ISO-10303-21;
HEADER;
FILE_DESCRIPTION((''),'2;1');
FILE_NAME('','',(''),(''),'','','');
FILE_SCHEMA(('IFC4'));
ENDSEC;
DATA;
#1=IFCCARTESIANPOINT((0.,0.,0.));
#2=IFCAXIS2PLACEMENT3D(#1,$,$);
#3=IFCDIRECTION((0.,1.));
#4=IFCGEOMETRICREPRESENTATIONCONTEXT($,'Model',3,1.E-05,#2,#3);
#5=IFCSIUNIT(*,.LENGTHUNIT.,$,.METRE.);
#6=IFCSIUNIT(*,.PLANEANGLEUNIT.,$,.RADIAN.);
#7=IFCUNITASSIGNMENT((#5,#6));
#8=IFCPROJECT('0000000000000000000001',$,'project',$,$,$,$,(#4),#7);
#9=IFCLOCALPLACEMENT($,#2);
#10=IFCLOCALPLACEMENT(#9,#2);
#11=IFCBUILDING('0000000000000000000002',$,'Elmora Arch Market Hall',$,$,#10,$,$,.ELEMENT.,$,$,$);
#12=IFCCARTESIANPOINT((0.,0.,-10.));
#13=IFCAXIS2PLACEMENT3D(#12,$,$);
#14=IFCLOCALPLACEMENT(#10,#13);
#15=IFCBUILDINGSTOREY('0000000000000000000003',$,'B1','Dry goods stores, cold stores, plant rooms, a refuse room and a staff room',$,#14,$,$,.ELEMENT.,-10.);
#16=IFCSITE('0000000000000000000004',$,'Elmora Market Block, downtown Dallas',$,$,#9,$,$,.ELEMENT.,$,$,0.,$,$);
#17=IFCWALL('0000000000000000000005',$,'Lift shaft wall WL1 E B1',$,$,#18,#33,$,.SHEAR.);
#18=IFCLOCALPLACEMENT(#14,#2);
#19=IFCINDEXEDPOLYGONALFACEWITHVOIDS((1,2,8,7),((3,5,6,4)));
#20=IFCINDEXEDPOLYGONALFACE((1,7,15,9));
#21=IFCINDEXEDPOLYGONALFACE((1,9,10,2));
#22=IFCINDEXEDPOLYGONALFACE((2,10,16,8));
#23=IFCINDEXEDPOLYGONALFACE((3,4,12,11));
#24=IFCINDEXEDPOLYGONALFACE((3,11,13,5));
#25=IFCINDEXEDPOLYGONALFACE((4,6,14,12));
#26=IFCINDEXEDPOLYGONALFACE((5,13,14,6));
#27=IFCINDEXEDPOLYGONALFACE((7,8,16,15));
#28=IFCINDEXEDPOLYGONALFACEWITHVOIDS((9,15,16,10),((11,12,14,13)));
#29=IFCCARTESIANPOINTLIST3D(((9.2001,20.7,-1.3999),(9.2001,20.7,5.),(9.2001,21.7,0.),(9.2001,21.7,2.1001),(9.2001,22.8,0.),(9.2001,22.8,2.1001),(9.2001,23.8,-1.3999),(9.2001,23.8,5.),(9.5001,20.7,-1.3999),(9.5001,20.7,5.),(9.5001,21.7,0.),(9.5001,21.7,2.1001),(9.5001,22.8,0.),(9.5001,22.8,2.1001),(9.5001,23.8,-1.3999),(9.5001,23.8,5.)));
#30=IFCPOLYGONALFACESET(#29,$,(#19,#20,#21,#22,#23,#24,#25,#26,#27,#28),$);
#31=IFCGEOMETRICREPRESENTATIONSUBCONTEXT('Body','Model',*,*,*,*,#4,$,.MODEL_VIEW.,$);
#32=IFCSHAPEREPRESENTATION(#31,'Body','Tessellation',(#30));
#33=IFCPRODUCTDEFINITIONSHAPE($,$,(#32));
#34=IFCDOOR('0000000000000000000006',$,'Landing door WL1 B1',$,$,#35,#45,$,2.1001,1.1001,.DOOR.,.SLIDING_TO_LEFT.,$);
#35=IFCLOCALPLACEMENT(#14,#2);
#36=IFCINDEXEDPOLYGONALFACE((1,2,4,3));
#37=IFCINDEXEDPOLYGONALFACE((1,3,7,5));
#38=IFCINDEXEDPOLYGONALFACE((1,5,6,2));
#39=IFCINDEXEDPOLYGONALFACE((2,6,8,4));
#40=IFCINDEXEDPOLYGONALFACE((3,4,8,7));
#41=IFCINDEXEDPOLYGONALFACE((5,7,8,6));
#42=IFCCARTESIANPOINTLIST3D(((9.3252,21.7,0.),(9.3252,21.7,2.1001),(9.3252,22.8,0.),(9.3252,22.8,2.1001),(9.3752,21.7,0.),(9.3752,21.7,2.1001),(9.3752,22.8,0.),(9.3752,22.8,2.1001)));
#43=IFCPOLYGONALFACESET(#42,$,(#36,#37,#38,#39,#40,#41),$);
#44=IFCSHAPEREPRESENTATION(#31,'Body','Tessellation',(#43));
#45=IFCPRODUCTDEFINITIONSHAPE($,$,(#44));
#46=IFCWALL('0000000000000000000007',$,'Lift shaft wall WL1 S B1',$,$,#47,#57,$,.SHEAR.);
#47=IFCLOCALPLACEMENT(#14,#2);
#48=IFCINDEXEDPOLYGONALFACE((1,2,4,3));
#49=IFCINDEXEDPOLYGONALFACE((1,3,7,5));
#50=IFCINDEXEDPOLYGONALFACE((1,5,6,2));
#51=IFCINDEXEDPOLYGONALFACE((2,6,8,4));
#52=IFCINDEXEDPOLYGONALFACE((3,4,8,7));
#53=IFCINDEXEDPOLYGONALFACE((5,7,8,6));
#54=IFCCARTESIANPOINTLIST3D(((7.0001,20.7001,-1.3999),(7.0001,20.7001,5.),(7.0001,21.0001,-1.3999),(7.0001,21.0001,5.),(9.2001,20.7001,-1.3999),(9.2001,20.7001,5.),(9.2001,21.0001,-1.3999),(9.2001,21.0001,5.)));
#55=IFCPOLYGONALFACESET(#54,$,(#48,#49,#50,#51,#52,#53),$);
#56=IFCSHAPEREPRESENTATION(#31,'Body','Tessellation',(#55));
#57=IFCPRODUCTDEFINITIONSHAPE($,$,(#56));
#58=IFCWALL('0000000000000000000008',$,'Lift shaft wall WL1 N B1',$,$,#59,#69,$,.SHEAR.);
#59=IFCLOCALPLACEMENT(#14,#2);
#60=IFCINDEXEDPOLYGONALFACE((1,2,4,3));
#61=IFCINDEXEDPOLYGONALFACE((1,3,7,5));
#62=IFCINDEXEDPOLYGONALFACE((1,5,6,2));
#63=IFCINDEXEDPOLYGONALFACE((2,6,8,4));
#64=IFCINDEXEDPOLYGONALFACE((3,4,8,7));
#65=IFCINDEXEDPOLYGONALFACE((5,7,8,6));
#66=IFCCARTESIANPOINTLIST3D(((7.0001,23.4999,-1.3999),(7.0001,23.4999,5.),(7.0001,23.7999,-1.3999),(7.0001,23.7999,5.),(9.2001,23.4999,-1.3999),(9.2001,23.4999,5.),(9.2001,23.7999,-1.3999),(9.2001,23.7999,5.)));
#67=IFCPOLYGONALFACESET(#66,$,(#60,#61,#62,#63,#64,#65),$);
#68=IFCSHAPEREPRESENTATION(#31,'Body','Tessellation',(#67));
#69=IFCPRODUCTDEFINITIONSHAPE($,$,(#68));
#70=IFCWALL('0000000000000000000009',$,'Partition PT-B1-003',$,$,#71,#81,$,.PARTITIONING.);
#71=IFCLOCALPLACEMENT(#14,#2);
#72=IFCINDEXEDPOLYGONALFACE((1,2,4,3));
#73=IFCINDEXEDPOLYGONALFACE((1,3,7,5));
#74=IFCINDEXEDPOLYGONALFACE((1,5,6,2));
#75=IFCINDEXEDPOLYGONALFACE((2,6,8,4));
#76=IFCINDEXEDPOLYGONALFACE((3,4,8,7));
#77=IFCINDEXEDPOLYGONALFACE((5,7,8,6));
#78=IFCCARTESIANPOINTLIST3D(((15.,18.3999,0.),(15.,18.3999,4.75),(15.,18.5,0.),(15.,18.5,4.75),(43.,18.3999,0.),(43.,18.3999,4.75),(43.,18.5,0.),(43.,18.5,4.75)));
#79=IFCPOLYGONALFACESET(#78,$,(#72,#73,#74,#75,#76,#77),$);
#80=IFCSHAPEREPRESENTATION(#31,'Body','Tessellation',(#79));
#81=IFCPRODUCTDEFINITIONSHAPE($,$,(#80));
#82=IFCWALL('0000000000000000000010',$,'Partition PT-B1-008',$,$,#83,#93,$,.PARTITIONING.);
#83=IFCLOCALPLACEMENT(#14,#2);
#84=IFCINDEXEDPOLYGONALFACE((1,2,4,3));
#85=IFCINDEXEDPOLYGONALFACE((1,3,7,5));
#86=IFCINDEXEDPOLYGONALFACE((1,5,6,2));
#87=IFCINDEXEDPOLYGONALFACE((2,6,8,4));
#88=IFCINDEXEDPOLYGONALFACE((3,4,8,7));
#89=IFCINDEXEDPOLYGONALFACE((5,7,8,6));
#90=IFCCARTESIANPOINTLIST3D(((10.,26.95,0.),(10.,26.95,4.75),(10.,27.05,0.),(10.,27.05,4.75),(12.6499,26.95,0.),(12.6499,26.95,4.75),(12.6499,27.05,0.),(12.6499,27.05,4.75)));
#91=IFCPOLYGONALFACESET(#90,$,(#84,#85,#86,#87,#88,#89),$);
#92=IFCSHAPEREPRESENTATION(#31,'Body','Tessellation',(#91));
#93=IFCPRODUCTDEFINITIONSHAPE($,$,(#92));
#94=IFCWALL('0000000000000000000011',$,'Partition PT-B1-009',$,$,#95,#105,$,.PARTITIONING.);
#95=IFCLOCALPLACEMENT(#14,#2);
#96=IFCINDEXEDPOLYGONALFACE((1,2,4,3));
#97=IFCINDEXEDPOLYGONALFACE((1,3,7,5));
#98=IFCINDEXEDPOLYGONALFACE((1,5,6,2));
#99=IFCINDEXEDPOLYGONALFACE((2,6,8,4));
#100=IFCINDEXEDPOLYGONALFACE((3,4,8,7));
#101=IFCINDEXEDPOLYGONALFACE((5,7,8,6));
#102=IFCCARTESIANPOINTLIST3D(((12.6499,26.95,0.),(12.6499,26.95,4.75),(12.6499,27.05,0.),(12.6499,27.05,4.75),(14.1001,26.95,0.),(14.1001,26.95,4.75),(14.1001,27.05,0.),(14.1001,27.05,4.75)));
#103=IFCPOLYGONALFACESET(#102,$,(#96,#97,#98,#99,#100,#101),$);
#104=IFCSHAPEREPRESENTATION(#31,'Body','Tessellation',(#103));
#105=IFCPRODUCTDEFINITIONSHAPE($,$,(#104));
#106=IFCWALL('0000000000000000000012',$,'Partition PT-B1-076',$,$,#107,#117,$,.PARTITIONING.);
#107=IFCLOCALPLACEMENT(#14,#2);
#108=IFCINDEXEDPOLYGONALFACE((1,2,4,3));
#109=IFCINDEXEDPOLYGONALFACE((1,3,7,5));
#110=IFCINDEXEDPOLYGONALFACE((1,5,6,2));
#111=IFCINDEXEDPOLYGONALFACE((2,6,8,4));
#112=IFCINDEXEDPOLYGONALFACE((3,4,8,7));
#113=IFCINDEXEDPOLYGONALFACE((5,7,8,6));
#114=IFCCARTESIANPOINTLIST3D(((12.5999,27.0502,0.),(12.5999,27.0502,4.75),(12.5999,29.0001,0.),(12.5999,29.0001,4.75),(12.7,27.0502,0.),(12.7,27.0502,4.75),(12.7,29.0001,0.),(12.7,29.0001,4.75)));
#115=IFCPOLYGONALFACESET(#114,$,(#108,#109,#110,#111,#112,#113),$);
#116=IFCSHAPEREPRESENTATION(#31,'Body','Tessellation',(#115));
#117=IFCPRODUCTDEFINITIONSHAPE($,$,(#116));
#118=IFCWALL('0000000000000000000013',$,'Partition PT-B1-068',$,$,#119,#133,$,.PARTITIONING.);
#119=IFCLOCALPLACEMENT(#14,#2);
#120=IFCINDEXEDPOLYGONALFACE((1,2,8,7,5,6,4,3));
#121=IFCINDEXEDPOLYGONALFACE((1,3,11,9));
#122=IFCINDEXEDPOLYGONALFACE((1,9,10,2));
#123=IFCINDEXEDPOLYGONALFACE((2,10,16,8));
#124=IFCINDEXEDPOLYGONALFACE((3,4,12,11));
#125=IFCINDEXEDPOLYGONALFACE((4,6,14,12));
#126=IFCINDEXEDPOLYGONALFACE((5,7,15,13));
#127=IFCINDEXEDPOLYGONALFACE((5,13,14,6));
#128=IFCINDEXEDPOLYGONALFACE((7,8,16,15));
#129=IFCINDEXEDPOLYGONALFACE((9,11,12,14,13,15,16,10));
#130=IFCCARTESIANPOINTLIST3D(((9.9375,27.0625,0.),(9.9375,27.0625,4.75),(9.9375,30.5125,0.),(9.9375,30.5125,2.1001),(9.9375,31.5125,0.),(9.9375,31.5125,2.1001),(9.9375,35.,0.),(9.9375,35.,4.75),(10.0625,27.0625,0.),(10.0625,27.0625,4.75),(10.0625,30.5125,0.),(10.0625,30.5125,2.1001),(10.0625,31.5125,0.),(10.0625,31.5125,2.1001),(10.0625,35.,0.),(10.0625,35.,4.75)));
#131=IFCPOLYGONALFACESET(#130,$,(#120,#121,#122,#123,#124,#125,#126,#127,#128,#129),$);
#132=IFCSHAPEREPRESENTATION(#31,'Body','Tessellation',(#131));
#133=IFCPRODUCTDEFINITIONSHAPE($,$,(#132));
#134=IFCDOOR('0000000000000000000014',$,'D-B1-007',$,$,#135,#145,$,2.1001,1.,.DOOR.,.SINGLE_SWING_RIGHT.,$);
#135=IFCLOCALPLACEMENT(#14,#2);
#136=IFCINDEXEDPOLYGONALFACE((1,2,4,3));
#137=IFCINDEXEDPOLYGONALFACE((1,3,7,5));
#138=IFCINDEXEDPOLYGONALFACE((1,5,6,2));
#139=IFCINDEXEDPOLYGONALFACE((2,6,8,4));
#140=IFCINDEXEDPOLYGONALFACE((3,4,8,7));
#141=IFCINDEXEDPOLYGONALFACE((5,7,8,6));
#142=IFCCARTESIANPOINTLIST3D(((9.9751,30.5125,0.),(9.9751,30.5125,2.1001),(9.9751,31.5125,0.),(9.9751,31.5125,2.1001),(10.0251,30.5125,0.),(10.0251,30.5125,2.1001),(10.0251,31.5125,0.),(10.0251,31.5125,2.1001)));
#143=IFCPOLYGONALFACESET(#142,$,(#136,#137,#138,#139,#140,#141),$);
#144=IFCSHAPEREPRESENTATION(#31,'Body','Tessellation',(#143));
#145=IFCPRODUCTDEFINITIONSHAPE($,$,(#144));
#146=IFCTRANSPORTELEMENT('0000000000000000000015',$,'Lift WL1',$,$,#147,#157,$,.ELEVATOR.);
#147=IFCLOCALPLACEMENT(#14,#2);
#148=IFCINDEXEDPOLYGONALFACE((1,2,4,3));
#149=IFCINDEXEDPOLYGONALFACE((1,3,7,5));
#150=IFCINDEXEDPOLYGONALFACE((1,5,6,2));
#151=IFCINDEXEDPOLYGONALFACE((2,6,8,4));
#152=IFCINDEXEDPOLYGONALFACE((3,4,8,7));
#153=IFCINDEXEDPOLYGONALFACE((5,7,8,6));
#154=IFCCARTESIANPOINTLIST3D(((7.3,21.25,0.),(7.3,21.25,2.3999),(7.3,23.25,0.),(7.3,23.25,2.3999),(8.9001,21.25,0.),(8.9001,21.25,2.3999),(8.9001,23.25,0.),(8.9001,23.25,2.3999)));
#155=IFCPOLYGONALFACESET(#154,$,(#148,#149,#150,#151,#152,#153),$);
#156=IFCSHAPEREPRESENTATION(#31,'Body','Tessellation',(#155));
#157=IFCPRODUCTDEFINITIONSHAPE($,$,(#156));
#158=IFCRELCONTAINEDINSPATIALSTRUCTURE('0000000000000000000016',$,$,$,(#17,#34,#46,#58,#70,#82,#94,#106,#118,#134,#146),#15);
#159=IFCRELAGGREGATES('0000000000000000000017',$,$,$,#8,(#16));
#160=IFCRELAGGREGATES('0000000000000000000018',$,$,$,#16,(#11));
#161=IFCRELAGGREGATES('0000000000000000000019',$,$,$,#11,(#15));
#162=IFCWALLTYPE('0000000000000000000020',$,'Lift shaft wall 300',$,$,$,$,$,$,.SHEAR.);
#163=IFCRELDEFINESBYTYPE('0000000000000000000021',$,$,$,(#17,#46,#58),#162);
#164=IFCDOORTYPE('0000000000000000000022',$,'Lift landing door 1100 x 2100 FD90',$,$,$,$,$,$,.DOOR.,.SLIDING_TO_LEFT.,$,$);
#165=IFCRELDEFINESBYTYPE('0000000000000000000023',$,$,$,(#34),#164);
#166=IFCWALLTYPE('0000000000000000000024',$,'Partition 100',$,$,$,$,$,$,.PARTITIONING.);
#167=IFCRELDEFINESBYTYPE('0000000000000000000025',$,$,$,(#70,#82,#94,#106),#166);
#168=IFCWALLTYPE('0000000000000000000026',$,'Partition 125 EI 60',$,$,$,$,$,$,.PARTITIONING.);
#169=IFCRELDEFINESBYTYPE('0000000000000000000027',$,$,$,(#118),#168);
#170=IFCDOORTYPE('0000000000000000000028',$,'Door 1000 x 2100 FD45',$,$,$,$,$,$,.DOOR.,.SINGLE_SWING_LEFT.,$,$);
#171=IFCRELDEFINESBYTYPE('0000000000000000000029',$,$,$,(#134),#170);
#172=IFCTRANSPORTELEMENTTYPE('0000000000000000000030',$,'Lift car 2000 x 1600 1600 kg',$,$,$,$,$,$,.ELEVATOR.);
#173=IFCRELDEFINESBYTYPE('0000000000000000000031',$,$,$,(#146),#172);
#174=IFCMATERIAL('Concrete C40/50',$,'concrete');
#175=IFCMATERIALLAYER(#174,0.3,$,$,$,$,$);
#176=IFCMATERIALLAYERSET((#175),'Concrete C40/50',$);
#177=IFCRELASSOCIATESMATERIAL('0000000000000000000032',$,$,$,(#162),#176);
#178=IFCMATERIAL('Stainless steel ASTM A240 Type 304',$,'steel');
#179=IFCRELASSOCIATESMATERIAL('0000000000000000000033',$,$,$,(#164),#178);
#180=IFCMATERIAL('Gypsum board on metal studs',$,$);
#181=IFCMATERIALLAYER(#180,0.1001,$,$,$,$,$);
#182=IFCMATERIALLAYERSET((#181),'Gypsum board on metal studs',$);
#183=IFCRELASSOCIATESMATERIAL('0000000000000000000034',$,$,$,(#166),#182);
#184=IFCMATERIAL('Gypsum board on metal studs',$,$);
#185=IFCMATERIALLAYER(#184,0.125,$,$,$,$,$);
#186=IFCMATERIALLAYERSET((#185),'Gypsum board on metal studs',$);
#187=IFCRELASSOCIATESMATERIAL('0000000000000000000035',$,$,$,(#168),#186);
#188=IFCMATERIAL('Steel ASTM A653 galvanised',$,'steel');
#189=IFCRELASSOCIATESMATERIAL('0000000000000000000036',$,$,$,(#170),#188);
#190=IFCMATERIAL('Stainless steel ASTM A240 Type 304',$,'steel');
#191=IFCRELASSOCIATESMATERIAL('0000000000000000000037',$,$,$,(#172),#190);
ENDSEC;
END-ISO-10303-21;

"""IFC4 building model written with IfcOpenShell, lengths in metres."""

from ifc_helpers import new_model, si_unit, direction, frame, frame_2d, origin, origin_2d, place, context, subcontext, project, spatial, rectangle, extrude, material, layer, layer_set, type_object, element, fill, save


model = new_model("IFC4")

# Units and contexts
model_context = context("Model", 3, precision=1e-05, world=origin(), true_north=direction((0.0, 1.0)))
body_context = subcontext(model_context, "Body", "Model", "MODEL_VIEW")
ifc_project = project(units=[si_unit("LENGTHUNIT", "METRE"), si_unit("PLANEANGLEUNIT", "RADIAN")], contexts=[model_context])

# Site, building, storey
site_placement = place(None, origin())
site = spatial("IfcSite", under=ifc_project, at=site_placement, Name="Elmora Market Block, downtown Dallas", CompositionType="ELEMENT", RefElevation=0.0)
building_placement = place(site_placement, origin())
building = spatial("IfcBuilding", under=site, at=building_placement, Name="Elmora Arch Market Hall", CompositionType="ELEMENT")
storey_placement = place(building_placement, frame((0.0, 0.0, -10.0)))
storey = spatial("IfcBuildingStorey", under=building, at=storey_placement, Name="B1", Description="Dry goods stores, cold stores, plant rooms, a refuse room and a staff room", CompositionType="ELEMENT", Elevation=-10.0)

# Shared definitions
ifc_material_1 = material(Name="Concrete C40/50", Category="concrete")
ifc_layer_1 = layer(ifc_material_1, 0.3)
ifc_layer_set_1 = layer_set([ifc_layer_1], Name="Concrete C40/50")
wall_type_1 = type_object("IfcWallType", Name="Lift shaft wall 300", PredefinedType="SHEAR", material=ifc_layer_set_1)

# Wall, opening, door
wall_1_placement = place(storey_placement, frame((9.3501, 20.7, -1.3999), z_axis=(0.0, 0.0, 1.0), x_axis=(0.0, 1.0, 0.0)))
wall_1 = element("IfcWall", 1, at=wall_1_placement, inside=storey, type_object=wall_type_1, Name="Lift shaft wall WL1 E B1", PredefinedType="SHEAR", context=body_context, shape_type="SweptSolid", body=[
    extrude(rectangle(XDim=3.1001, YDim=0.3, at=frame_2d((1.55, 0.0))), origin(), (0.0, 0.0, 1.0), 6.3999),
])
opening_1_placement = place(wall_1_placement, frame((1.0, 0.0, 1.3999)))
opening_1 = element("IfcOpeningElement", 2, at=opening_1_placement, cuts=wall_1, PredefinedType="OPENING", context=body_context, shape_type="SweptSolid", body=[
    extrude(rectangle(XDim=1.1001, YDim=2.1001, at=frame_2d((0.55, 1.05))), frame((0.0, 0.1599, 0.0), z_axis=(0.0, -1.0, 0.0), x_axis=(1.0, 0.0, 0.0)), (0.0, 0.0, 1.0), 0.3201),
])
ifc_material_2 = material(Name="Stainless steel ASTM A240 Type 304", Category="steel")
door_type_1 = type_object("IfcDoorType", Name="Lift landing door 1100 x 2100 FD90", OperationType="SLIDING_TO_LEFT", PredefinedType="DOOR", material=ifc_material_2)
door_1_placement = place(opening_1_placement, origin())
door_1 = element("IfcDoor", 3, at=door_1_placement, inside=storey, type_object=door_type_1, Name="Landing door WL1 B1", OperationType="SLIDING_TO_LEFT", OverallHeight=2.1001, OverallWidth=1.1001, PredefinedType="DOOR", context=body_context, shape_type="SweptSolid", body=[
    extrude(rectangle(XDim=1.1001, YDim=2.1001, at=frame_2d((0.55, 1.05))), frame((0.0, 0.0249, 0.0), z_axis=(0.0, -1.0, 0.0), x_axis=(1.0, 0.0, 0.0)), (0.0, 0.0, 1.0), 0.05),
])
fill(opening_1, door_1)

# Walls
for number, where, z_axis, x_axis, name in (
    (4, (7.0, 20.8501, -1.3999), (0.0, 0.0, 1.0), (1.0, 0.0, 0.0), "Lift shaft wall WL1 S B1"),
    (5, (7.0, 23.6499, -1.3999), (0.0, 0.0, 1.0), (1.0, 0.0, 0.0), "Lift shaft wall WL1 N B1"),
):
    element("IfcWall", number, at=place(storey_placement, frame(where, z_axis=z_axis, x_axis=x_axis)), inside=storey, type_object=wall_type_1, Name=name, PredefinedType="SHEAR", context=body_context, shape_type="SweptSolid", body=[
        extrude(rectangle(XDim=2.2, YDim=0.3, at=frame_2d((1.1001, 0.0))), origin(), (0.0, 0.0, 1.0), 6.3999),
    ])
ifc_material_3 = material(Name="Gypsum board on metal studs")
ifc_layer_2 = layer(ifc_material_3, 0.1001)
ifc_layer_set_2 = layer_set([ifc_layer_2], Name="Gypsum board on metal studs")
wall_type_2 = type_object("IfcWallType", Name="Partition 100", PredefinedType="PARTITIONING", material=ifc_layer_set_2)
wall_2_placement = place(storey_placement, frame((15.0, 18.45, 0.0), z_axis=(0.0, 0.0, 1.0), x_axis=(1.0, 0.0, 0.0)))
element("IfcWall", 6, at=wall_2_placement, inside=storey, type_object=wall_type_2, Name="Partition PT-B1-003", PredefinedType="PARTITIONING", context=body_context, shape_type="SweptSolid", body=[
    extrude(rectangle(XDim=28.0, YDim=0.1001, at=frame_2d((14.0, 0.0))), origin(), (0.0, 0.0, 1.0), 4.75),
])
wall_3_placement = place(storey_placement, frame((10.0, 27.0, 0.0), z_axis=(0.0, 0.0, 1.0), x_axis=(1.0, 0.0, 0.0)))
element("IfcWall", 7, at=wall_3_placement, inside=storey, type_object=wall_type_2, Name="Partition PT-B1-008", PredefinedType="PARTITIONING", context=body_context, shape_type="SweptSolid", body=[
    extrude(rectangle(XDim=2.6499, YDim=0.1001, at=frame_2d((1.325, 0.0))), origin(), (0.0, 0.0, 1.0), 4.75),
])
wall_4_placement = place(storey_placement, frame((12.6499, 27.0, 0.0), z_axis=(0.0, 0.0, 1.0), x_axis=(1.0, 0.0, 0.0)))
element("IfcWall", 8, at=wall_4_placement, inside=storey, type_object=wall_type_2, Name="Partition PT-B1-009", PredefinedType="PARTITIONING", context=body_context, shape_type="SweptSolid", body=[
    extrude(rectangle(XDim=1.4502, YDim=0.1001, at=frame_2d((0.7251, 0.0))), origin(), (0.0, 0.0, 1.0), 4.75),
])
wall_5_placement = place(storey_placement, frame((12.6499, 27.05, 0.0), z_axis=(0.0, 0.0, 1.0), x_axis=(0.0, 1.0, 0.0)))
element("IfcWall", 9, at=wall_5_placement, inside=storey, type_object=wall_type_2, Name="Partition PT-B1-076", PredefinedType="PARTITIONING", context=body_context, shape_type="SweptSolid", body=[
    extrude(rectangle(XDim=1.95, YDim=0.1001, at=frame_2d((0.9751, 0.0))), origin(), (0.0, 0.0, 1.0), 4.75),
])

# Wall, opening, door
ifc_material_4 = material(Name="Gypsum board on metal studs")
ifc_layer_3 = layer(ifc_material_4, 0.125)
ifc_layer_set_3 = layer_set([ifc_layer_3], Name="Gypsum board on metal studs")
wall_type_3 = type_object("IfcWallType", Name="Partition 125 EI 60", PredefinedType="PARTITIONING", material=ifc_layer_set_3)
wall_6_placement = place(storey_placement, frame((10.0, 27.0625, 0.0), z_axis=(0.0, 0.0, 1.0), x_axis=(0.0, 1.0, 0.0)))
wall_6 = element("IfcWall", 10, at=wall_6_placement, inside=storey, type_object=wall_type_3, Name="Partition PT-B1-068", PredefinedType="PARTITIONING", context=body_context, shape_type="SweptSolid", body=[
    extrude(rectangle(XDim=7.9375, YDim=0.125, at=frame_2d((3.9688, 0.0))), origin(), (0.0, 0.0, 1.0), 4.75),
])
opening_2_placement = place(wall_6_placement, frame((3.45, 0.0, 0.0)))
opening_2 = element("IfcOpeningElement", 11, at=opening_2_placement, cuts=wall_6, PredefinedType="OPENING", context=body_context, shape_type="SweptSolid", body=[
    extrude(rectangle(XDim=1.0, YDim=2.1001, at=frame_2d((0.5, 1.05))), frame((0.0, 0.0725, 0.0), z_axis=(0.0, -1.0, 0.0), x_axis=(1.0, 0.0, 0.0)), (0.0, 0.0, 1.0), 0.145),
])
ifc_material_5 = material(Name="Steel ASTM A653 galvanised", Category="steel")
door_type_2 = type_object("IfcDoorType", Name="Door 1000 x 2100 FD45", OperationType="SINGLE_SWING_LEFT", PredefinedType="DOOR", material=ifc_material_5)
door_2_placement = place(opening_2_placement, origin())
door_2 = element("IfcDoor", 12, at=door_2_placement, inside=storey, type_object=door_type_2, Name="D-B1-007", OperationType="SINGLE_SWING_RIGHT", OverallHeight=2.1001, OverallWidth=1.0, PredefinedType="DOOR", context=body_context, shape_type="SweptSolid", body=[
    extrude(rectangle(XDim=1.0, YDim=2.1001, at=frame_2d((0.5, 1.05))), frame((0.0, 0.0249, 0.0), z_axis=(0.0, -1.0, 0.0), x_axis=(1.0, 0.0, 0.0)), (0.0, 0.0, 1.0), 0.05),
])
fill(opening_2, door_2)

# Transport element
ifc_material_6 = material(Name="Stainless steel ASTM A240 Type 304", Category="steel")
transport_element_type = type_object("IfcTransportElementType", Name="Lift car 2000 x 1600 1600 kg", PredefinedType="ELEVATOR", material=ifc_material_6)
transport_element_placement = place(storey_placement, frame((8.1001, 22.25, 0.0), z_axis=(0.0, 0.0, 1.0), x_axis=(1.0, 0.0, 0.0)))
element("IfcTransportElement", 13, at=transport_element_placement, inside=storey, type_object=transport_element_type, Name="Lift WL1", PredefinedType="ELEVATOR", context=body_context, shape_type="SweptSolid", body=[
    extrude(rectangle(XDim=1.6001, YDim=2.0, at=origin_2d()), origin(), (0.0, 0.0, 1.0), 2.3999),
])

save(model, "model.ifc")
